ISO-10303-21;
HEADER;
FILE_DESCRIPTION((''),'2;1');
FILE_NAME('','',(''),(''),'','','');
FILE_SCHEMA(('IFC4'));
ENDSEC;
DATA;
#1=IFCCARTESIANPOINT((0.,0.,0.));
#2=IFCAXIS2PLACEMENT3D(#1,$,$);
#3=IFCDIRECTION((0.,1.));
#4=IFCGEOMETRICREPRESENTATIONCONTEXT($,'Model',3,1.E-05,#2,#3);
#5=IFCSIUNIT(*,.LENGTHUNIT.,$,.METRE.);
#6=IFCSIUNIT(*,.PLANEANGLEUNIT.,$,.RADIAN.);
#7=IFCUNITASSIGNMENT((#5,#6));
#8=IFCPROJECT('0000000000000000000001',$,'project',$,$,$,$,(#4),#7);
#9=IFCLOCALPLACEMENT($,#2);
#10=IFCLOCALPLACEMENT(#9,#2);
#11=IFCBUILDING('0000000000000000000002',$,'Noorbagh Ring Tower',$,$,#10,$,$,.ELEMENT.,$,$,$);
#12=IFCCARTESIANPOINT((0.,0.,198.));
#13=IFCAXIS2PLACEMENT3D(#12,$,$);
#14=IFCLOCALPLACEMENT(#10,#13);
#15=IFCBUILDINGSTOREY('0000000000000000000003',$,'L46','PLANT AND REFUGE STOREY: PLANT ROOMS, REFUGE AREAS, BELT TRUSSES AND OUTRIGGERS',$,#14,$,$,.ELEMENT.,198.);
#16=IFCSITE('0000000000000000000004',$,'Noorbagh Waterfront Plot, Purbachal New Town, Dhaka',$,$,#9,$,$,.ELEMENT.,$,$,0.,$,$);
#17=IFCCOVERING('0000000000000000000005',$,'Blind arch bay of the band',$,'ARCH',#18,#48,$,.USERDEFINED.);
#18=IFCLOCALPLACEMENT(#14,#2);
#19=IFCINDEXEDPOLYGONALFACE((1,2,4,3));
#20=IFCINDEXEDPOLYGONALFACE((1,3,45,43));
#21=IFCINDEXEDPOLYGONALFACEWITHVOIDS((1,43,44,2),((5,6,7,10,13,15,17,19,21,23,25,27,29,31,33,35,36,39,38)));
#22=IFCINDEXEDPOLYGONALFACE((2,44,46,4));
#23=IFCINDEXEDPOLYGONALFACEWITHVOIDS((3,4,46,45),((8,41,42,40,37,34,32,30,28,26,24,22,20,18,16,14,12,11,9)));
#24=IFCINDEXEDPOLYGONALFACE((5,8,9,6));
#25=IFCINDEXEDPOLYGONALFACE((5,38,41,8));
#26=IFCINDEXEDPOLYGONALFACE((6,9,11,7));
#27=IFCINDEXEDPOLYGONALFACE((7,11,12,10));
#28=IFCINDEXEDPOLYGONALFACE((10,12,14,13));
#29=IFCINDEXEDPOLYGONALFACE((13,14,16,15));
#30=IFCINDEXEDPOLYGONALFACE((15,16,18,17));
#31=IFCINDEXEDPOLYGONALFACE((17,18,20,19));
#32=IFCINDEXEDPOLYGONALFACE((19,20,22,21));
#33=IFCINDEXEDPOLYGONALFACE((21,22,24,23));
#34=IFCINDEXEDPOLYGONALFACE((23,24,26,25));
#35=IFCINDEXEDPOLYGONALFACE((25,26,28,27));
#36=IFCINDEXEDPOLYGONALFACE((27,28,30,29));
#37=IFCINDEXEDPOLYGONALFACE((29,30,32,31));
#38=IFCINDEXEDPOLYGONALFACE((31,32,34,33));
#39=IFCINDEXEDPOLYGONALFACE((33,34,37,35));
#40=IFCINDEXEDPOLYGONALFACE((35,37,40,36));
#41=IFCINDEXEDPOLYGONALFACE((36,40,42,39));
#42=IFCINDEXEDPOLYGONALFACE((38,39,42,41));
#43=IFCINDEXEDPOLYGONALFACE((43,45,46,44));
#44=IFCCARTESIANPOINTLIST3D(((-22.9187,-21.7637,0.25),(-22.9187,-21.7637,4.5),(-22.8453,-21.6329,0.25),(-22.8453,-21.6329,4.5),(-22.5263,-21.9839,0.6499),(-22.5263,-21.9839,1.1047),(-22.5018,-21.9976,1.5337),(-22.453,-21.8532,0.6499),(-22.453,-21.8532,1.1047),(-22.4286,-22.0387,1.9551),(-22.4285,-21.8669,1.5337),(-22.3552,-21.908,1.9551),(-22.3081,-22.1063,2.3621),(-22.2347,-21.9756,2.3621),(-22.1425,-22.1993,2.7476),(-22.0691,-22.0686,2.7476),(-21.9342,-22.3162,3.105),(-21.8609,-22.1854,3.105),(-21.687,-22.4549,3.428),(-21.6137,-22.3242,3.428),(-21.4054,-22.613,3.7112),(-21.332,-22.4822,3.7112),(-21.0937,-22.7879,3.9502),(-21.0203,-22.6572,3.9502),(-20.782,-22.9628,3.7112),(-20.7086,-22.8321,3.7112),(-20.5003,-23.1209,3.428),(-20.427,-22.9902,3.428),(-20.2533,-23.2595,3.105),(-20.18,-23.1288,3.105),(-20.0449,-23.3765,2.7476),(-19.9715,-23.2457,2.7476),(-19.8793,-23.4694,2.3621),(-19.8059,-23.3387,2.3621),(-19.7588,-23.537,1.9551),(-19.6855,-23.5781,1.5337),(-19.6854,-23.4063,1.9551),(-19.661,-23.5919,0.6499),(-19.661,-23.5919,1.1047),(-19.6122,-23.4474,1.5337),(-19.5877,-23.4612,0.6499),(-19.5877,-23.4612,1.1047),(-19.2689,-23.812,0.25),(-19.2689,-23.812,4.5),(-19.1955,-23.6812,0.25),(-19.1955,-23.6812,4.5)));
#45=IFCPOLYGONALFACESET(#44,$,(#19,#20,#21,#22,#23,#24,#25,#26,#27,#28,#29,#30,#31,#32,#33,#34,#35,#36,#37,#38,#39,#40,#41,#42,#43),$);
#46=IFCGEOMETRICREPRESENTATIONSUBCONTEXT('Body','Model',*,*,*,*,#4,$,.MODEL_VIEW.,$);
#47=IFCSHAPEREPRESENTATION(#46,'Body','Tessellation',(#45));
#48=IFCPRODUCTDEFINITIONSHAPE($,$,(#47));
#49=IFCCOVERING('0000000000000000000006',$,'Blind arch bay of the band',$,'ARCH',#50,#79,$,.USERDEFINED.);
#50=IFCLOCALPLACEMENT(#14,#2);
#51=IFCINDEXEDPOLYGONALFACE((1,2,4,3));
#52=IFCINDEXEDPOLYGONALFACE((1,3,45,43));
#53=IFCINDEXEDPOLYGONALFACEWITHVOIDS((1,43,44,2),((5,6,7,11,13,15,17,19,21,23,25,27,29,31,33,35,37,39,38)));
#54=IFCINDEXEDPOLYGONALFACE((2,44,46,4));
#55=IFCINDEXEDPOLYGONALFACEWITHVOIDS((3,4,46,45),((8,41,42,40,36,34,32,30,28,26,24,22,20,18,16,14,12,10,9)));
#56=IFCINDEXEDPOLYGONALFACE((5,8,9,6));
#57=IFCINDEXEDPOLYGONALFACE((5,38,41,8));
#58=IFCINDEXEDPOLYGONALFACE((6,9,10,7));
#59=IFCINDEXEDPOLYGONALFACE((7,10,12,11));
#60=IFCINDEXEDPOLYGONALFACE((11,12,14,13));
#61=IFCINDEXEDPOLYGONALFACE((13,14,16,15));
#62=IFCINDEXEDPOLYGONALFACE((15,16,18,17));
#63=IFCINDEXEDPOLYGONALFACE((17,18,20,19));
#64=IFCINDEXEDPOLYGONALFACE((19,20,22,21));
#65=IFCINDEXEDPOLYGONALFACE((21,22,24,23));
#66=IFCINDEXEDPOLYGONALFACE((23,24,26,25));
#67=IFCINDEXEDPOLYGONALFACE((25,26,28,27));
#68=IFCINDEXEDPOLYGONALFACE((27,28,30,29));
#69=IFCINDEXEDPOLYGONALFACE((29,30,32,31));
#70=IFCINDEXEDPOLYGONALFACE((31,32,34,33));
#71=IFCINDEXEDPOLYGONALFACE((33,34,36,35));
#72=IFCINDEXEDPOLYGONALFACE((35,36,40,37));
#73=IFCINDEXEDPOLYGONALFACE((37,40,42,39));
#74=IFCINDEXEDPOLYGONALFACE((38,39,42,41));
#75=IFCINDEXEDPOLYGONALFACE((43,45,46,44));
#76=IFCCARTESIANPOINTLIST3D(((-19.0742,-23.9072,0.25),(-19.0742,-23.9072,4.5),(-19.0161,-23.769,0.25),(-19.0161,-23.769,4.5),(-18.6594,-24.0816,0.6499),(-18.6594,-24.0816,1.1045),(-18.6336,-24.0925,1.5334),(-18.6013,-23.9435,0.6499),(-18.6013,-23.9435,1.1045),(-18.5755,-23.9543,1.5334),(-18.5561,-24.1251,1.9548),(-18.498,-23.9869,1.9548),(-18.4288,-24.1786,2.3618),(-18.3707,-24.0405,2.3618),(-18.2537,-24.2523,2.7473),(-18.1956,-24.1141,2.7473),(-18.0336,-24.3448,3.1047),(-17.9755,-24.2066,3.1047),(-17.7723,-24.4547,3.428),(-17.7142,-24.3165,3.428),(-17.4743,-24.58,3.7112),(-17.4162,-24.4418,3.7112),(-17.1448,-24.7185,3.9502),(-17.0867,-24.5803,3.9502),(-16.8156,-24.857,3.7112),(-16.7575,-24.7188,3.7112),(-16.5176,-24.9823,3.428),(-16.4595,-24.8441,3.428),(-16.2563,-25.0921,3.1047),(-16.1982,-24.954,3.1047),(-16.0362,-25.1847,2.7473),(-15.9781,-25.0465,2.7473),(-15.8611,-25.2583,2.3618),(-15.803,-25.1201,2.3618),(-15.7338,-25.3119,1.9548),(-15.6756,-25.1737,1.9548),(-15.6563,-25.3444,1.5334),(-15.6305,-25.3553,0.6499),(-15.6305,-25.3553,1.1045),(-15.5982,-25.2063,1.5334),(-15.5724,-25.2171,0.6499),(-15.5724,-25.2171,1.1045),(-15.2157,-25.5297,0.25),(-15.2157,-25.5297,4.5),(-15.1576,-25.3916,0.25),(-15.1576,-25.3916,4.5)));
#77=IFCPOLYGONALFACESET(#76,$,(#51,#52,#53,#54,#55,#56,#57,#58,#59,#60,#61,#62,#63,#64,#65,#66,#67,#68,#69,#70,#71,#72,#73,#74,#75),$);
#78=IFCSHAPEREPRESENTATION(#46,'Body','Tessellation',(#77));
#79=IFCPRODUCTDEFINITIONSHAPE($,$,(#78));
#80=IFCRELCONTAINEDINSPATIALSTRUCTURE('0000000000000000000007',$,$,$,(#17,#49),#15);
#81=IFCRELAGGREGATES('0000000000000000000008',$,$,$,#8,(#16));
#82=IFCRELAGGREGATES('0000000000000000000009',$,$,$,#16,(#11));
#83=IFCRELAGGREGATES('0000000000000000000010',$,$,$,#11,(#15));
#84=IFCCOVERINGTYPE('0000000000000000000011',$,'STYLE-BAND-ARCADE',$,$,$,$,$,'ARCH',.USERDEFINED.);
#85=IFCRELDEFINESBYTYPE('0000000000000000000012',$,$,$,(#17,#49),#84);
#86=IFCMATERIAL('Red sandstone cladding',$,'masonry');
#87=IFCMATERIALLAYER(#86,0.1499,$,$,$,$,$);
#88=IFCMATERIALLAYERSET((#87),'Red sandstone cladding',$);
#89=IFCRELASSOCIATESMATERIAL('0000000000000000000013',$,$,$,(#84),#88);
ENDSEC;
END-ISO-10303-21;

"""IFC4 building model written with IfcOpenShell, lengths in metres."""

from ifc_helpers import new_model, si_unit, direction, frame, origin, place, context, subcontext, project, spatial, polyline, outline, extrude, material, layer, layer_set, type_object, element, save


model = new_model("IFC4")

# Units and contexts
model_context = context("Model", 3, precision=1e-05, world=origin(), true_north=direction((0.0, 1.0)))
body_context = subcontext(model_context, "Body", "Model", "MODEL_VIEW")
ifc_project = project(units=[si_unit("LENGTHUNIT", "METRE"), si_unit("PLANEANGLEUNIT", "RADIAN")], contexts=[model_context])

# Site, building, storey
site_placement = place(None, origin())
site = spatial("IfcSite", under=ifc_project, at=site_placement, Name="Noorbagh Waterfront Plot, Purbachal New Town, Dhaka", CompositionType="ELEMENT", RefElevation=0.0)
building_placement = place(site_placement, origin())
building = spatial("IfcBuilding", under=site, at=building_placement, Name="Noorbagh Ring Tower", CompositionType="ELEMENT")
storey_placement = place(building_placement, frame((0.0, 0.0, 198.0)))
storey = spatial("IfcBuildingStorey", under=building, at=storey_placement, Name="L46", Description="PLANT AND REFUGE STOREY: PLANT ROOMS, REFUGE AREAS, BELT TRUSSES AND OUTRIGGERS", CompositionType="ELEMENT", Elevation=198.0)

# Coverings
ifc_material_1 = material(Name="Red sandstone cladding", Category="masonry")
ifc_layer_1 = layer(ifc_material_1, 0.1499)
ifc_layer_set_1 = layer_set([ifc_layer_1], Name="Red sandstone cladding")
covering_type_1 = type_object("IfcCoveringType", Name="STYLE-BAND-ARCADE", ElementType="ARCH", PredefinedType="USERDEFINED", material=ifc_layer_set_1)
covering_1_placement = place(storey_placement, frame((-22.9187, -21.7637, 0.25), z_axis=(-0.489402, -0.872058, 0.0), x_axis=(0.872058, -0.489402, 0.0)))
element("IfcCovering", 1, at=covering_1_placement, inside=storey, type_object=covering_type_1, Name="Blind arch bay of the band", ObjectType="ARCH", PredefinedType="USERDEFINED", context=body_context, shape_type="SweptSolid", body=[
    extrude(outline(polyline([(0.0, 0.0), (4.1853, 0.0), (4.1853, 4.25), (0.0, 4.25), (0.0, 0.0)]), holes=[polyline([(0.45, 0.3999), (0.45, 0.8547), (0.478, 1.2837), (0.562, 1.7051), (0.7002, 2.1121), (0.8901, 2.4976), (1.1289, 2.855), (1.4124, 3.178), (1.7354, 3.4612), (2.0928, 3.7002), (2.4502, 3.4612), (2.7732, 3.178), (3.0564, 2.855), (3.2954, 2.4976), (3.4854, 2.1121), (3.6235, 1.7051), (3.7075, 1.2837), (3.7356, 0.8547), (3.7356, 0.3999), (0.45, 0.3999)])]), origin(), (0.0, 0.0, -1.0), 0.1499),
])
covering_2_placement = place(storey_placement, frame((-19.0742, -23.9072, 0.25), z_axis=(-0.387624, -0.921818, 0.0), x_axis=(0.921818, -0.387624, 0.0)))
element("IfcCovering", 2, at=covering_2_placement, inside=storey, type_object=covering_type_1, Name="Blind arch bay of the band", ObjectType="ARCH", PredefinedType="USERDEFINED", context=body_context, shape_type="SweptSolid", body=[
    extrude(outline(polyline([(0.0, 0.0), (4.1858, 0.0), (4.1858, 4.25), (0.0, 4.25), (0.0, 0.0)]), holes=[polyline([(0.45, 0.3999), (0.45, 0.8545), (0.478, 1.2834), (0.562, 1.7048), (0.7002, 2.1118), (0.8901, 2.4973), (1.1289, 2.8547), (1.4124, 3.178), (1.7356, 3.4612), (2.093, 3.7002), (2.4502, 3.4612), (2.7734, 3.178), (3.0569, 2.8547), (3.2957, 2.4973), (3.4856, 2.1118), (3.6238, 1.7048), (3.7078, 1.2834), (3.7358, 0.8545), (3.7358, 0.3999), (0.45, 0.3999)])]), origin(), (0.0, 0.0, -1.0), 0.1499),
])

save(model, "model.ifc")
